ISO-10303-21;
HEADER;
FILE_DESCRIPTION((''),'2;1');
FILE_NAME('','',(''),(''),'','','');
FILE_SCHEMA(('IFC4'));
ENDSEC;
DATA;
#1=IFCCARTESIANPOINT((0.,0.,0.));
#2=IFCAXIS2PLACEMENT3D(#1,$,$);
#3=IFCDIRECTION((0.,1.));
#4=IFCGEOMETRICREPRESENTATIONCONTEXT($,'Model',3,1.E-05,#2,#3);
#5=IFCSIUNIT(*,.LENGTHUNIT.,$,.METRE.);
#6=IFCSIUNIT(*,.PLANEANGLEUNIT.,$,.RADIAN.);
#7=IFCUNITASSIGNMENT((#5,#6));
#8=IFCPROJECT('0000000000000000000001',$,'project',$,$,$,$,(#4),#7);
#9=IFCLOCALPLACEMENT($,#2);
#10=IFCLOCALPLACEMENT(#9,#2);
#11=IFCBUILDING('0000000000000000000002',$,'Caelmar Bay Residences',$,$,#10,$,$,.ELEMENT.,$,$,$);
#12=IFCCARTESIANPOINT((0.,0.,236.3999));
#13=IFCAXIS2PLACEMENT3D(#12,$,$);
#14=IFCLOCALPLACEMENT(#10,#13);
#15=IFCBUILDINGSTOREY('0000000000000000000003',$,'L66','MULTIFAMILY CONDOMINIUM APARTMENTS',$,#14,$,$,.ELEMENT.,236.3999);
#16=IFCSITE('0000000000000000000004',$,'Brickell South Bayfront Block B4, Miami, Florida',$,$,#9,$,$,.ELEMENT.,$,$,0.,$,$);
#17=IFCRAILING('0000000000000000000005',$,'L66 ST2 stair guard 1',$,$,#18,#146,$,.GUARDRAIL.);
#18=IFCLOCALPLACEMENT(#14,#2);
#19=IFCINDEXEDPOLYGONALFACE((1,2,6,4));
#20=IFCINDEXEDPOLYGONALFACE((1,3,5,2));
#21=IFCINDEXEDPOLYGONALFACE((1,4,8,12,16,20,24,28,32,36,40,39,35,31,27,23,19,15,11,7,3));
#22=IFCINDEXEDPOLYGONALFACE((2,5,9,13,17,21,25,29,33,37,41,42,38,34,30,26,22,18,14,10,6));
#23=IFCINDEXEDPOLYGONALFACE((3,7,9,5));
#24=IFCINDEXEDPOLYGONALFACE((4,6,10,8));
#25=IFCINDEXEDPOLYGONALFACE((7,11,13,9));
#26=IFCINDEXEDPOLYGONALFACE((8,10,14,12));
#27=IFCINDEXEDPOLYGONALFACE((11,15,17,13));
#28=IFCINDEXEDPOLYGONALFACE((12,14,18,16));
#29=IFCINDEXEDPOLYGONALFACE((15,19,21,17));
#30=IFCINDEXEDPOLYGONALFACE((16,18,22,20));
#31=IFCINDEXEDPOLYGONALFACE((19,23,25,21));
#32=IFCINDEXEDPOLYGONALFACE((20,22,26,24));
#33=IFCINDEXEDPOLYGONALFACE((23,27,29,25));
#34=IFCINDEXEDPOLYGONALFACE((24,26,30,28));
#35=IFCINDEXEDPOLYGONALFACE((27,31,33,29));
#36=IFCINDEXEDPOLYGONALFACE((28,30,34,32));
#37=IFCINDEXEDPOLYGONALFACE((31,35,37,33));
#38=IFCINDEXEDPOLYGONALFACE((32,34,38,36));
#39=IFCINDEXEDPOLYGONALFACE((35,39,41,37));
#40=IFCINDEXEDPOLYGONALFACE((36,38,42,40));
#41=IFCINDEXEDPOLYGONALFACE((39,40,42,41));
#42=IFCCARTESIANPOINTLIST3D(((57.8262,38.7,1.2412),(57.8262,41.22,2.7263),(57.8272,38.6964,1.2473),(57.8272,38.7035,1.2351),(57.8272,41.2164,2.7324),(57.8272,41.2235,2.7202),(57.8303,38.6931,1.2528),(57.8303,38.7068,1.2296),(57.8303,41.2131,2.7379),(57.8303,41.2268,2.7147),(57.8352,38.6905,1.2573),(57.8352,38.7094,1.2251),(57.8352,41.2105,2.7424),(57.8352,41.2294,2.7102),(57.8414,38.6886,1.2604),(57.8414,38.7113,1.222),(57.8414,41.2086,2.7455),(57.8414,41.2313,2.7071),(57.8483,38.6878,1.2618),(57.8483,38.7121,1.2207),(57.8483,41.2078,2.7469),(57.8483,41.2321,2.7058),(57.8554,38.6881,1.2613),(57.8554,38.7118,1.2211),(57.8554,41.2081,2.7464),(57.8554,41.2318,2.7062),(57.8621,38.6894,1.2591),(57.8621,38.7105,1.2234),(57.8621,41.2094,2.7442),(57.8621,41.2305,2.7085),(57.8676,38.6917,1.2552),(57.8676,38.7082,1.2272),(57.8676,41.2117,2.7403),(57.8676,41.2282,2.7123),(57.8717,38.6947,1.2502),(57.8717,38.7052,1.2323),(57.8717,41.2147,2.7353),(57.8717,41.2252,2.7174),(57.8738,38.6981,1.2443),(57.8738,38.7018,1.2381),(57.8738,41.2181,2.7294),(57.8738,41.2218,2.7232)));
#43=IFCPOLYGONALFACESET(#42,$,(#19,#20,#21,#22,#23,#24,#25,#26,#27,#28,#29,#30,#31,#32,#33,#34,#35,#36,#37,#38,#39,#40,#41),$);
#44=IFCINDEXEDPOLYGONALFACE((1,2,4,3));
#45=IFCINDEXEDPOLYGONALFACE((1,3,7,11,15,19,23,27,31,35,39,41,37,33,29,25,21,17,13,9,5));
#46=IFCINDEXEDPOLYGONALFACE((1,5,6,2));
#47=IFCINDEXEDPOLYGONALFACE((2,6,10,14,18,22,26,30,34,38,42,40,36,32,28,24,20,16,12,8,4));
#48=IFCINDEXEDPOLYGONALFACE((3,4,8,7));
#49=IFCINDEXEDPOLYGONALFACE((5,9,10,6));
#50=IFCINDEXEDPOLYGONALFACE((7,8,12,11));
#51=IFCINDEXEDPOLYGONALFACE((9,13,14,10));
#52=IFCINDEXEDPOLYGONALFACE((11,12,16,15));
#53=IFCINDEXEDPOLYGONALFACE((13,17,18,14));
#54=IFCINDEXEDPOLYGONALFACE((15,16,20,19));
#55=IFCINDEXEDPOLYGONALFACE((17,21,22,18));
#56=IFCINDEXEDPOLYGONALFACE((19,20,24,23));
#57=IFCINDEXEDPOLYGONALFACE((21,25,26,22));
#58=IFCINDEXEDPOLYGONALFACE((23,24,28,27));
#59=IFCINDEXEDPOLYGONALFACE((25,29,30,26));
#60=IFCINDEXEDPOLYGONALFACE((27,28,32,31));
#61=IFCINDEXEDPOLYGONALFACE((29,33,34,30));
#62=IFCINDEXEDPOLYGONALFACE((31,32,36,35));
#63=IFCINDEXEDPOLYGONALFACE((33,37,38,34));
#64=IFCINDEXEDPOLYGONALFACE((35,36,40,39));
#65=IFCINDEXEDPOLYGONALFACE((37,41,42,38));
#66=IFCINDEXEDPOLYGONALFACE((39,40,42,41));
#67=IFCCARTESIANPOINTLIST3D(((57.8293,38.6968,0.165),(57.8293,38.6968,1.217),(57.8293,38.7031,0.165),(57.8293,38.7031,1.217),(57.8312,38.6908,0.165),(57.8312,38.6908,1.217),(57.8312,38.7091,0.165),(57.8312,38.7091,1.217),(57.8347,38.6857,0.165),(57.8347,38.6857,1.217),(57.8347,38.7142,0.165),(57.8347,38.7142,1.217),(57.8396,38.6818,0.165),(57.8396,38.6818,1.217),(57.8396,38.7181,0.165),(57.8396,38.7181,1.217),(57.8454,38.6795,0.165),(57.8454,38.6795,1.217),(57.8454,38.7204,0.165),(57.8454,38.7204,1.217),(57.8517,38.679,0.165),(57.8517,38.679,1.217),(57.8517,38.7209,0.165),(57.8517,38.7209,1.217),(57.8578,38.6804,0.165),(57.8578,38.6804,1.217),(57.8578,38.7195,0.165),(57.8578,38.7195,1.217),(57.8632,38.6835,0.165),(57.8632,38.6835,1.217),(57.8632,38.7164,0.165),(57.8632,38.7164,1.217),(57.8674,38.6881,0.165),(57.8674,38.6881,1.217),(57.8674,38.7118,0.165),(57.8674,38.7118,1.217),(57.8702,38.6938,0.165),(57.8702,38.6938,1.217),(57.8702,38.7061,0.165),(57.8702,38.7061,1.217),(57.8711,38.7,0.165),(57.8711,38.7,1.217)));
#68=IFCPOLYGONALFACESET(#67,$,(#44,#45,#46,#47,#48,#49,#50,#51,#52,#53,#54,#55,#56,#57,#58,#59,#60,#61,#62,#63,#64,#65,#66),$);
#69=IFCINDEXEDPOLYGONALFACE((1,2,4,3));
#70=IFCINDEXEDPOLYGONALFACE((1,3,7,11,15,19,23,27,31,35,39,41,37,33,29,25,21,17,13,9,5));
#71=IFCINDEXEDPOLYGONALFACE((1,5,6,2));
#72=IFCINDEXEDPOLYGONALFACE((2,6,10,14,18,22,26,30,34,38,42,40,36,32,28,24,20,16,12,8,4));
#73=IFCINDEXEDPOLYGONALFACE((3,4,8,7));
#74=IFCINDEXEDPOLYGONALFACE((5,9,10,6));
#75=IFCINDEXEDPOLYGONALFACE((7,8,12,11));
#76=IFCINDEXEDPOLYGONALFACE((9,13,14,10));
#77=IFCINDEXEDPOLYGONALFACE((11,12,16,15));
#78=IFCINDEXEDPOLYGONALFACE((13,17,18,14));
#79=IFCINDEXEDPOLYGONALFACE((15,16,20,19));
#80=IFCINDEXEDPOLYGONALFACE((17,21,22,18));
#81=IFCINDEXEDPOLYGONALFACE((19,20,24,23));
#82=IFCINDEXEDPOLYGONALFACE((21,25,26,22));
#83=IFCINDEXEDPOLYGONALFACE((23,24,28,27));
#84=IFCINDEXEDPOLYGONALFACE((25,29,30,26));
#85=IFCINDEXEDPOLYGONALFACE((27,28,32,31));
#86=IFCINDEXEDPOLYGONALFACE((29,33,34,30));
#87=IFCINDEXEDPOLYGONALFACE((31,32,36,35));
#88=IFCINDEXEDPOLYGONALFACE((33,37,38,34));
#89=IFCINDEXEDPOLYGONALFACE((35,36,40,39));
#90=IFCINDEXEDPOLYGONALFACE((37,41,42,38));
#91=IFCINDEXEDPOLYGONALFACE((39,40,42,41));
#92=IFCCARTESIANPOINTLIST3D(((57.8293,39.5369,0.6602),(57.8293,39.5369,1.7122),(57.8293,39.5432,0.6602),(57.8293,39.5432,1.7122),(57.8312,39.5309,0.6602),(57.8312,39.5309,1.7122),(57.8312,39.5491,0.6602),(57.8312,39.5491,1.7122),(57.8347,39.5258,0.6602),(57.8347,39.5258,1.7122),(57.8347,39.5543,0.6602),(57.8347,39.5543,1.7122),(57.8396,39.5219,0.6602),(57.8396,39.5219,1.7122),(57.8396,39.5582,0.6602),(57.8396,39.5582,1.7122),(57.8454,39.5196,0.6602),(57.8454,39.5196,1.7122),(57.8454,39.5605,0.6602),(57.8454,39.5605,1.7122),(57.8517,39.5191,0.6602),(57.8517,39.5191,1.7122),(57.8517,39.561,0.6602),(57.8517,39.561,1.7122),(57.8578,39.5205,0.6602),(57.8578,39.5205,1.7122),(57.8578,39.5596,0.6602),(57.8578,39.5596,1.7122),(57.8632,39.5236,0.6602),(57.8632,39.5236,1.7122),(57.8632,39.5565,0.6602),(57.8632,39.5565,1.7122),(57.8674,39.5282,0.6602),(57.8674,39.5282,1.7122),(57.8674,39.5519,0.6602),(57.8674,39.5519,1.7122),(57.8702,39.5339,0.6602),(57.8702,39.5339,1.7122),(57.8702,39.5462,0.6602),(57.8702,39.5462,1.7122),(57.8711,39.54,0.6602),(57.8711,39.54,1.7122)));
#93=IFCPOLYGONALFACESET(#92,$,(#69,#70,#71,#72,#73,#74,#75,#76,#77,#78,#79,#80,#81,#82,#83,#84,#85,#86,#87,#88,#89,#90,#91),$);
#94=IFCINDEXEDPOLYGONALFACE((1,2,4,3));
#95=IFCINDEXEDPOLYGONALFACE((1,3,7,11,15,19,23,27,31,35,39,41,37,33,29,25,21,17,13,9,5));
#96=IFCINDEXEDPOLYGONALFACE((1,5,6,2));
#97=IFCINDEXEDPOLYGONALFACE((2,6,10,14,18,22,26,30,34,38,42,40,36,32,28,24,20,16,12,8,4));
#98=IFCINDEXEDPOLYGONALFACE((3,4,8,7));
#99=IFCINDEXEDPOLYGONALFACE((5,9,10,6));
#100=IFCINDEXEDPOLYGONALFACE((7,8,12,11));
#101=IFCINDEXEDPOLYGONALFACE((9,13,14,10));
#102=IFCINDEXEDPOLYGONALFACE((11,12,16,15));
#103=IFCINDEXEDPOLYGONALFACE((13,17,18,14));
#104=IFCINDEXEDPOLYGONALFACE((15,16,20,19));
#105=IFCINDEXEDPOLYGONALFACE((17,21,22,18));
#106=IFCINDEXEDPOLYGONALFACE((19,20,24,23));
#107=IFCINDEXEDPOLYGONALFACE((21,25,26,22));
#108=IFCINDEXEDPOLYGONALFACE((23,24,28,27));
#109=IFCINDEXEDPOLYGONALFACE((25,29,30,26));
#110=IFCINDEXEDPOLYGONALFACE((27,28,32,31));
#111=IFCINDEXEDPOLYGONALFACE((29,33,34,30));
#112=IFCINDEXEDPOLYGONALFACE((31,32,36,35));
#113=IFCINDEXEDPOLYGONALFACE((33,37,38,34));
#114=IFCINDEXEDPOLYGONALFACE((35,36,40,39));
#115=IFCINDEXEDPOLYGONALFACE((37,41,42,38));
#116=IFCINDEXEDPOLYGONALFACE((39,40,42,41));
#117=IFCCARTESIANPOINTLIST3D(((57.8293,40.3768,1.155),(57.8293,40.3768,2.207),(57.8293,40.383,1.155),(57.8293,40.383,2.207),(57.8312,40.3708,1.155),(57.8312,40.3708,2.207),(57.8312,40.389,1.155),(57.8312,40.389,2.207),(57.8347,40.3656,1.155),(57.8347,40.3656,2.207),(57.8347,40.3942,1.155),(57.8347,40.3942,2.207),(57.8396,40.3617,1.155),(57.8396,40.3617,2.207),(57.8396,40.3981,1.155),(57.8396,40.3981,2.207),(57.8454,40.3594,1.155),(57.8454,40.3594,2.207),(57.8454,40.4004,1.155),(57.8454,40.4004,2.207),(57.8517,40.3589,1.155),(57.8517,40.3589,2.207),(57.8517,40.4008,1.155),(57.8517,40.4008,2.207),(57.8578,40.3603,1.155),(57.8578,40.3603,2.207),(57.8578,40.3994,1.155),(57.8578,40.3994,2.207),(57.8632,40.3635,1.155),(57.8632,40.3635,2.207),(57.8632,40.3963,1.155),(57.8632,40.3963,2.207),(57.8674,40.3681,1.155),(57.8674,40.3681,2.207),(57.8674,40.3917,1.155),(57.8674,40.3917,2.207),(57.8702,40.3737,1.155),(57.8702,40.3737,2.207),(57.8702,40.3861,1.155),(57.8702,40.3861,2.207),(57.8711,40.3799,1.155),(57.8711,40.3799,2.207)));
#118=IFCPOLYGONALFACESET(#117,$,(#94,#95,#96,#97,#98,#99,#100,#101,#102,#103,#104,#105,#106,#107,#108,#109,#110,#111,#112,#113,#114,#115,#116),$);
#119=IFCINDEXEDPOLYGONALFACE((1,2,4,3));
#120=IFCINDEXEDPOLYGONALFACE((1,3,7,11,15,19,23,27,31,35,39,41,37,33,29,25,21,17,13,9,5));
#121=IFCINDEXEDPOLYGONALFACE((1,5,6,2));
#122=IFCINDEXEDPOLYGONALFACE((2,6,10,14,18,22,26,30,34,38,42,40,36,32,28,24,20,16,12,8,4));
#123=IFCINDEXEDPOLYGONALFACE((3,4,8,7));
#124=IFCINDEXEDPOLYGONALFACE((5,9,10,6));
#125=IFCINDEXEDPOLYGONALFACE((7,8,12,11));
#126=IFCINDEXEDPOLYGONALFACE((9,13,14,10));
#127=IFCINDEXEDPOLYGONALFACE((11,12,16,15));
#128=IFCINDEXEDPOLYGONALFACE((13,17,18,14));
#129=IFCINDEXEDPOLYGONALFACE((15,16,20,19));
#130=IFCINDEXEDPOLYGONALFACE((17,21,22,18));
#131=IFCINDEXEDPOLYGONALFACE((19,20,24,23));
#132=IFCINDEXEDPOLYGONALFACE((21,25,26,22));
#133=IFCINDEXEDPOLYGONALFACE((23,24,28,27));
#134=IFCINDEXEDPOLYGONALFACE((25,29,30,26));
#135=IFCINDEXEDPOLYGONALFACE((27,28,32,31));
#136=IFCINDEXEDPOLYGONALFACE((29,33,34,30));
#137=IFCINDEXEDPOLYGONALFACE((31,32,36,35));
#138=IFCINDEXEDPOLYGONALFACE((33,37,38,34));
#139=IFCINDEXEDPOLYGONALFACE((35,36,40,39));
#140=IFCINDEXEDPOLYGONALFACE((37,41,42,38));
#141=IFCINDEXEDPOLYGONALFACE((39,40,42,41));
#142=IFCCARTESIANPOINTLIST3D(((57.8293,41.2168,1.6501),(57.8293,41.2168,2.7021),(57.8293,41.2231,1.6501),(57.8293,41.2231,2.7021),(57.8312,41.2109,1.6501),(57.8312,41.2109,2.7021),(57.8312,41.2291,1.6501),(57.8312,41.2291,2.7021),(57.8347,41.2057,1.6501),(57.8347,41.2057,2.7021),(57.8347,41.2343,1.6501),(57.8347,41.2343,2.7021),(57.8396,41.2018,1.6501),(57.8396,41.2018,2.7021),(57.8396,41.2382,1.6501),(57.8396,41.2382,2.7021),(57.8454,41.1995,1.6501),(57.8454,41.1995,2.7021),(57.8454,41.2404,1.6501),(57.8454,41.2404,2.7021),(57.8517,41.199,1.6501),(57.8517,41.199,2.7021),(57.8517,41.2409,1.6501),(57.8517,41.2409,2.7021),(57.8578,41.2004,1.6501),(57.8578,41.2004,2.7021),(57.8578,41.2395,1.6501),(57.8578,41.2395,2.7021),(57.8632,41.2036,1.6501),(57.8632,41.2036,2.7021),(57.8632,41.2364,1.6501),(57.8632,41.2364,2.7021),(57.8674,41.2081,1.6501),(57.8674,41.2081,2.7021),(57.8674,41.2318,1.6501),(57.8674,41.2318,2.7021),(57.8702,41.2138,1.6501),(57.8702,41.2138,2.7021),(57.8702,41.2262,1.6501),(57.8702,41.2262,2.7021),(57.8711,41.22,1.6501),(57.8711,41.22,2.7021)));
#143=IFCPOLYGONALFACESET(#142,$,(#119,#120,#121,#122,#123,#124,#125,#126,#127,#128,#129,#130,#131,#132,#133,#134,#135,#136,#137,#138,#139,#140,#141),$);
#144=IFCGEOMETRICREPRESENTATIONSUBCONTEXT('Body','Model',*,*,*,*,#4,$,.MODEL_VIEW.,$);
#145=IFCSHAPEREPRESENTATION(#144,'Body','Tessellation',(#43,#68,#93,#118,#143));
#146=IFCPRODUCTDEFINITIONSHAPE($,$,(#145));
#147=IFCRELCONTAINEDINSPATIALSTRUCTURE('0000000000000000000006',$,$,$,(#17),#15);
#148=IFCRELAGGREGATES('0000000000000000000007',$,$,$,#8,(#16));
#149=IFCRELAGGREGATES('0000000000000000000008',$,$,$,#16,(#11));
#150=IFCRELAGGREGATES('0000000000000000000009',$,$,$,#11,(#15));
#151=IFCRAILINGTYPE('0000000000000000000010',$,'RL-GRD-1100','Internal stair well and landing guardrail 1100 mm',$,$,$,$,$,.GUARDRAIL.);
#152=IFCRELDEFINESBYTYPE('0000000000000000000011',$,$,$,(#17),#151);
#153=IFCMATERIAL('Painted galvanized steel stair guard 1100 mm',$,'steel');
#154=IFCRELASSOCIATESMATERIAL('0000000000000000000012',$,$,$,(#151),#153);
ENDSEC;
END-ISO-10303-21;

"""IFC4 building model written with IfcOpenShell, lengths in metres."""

from ifc_helpers import new_model, si_unit, direction, frame, origin, origin_2d, place, context, subcontext, project, spatial, circle, extrude, material, type_object, element, save


model = new_model("IFC4")

# Units and contexts
model_context = context("Model", 3, precision=1e-05, world=origin(), true_north=direction((0.0, 1.0)))
body_context = subcontext(model_context, "Body", "Model", "MODEL_VIEW")
ifc_project = project(units=[si_unit("LENGTHUNIT", "METRE"), si_unit("PLANEANGLEUNIT", "RADIAN")], contexts=[model_context])

# Site, building, storey
site_placement = place(None, origin())
site = spatial("IfcSite", under=ifc_project, at=site_placement, Name="Brickell South Bayfront Block B4, Miami, Florida", CompositionType="ELEMENT", RefElevation=0.0)
building_placement = place(site_placement, origin())
building = spatial("IfcBuilding", under=site, at=building_placement, Name="Caelmar Bay Residences", CompositionType="ELEMENT")
storey_placement = place(building_placement, frame((0.0, 0.0, 236.3999)))
storey = spatial("IfcBuildingStorey", under=building, at=storey_placement, Name="L66", Description="MULTIFAMILY CONDOMINIUM APARTMENTS", CompositionType="ELEMENT", Elevation=236.3999)

# Railing
ifc_material_1 = material(Name="Painted galvanized steel stair guard 1100 mm", Category="steel")
railing_type_1 = type_object("IfcRailingType", Name="RL-GRD-1100", Description="Internal stair well and landing guardrail 1100 mm", PredefinedType="GUARDRAIL", material=ifc_material_1)
railing_1_placement = place(storey_placement, frame((57.8501, 38.7, 0.165)))
element("IfcRailing", 1, at=railing_1_placement, inside=storey, type_object=railing_type_1, Name="L66 ST2 stair guard 1", PredefinedType="GUARDRAIL", context=body_context, shape_type="SweptSolid", body=[
    extrude(circle(Radius=0.0239, at=origin_2d()), frame((0.0, 0.0, 1.0762), z_axis=(0.0, 0.861524, 0.507717), x_axis=(-1.0, 0.0, 0.0)), (0.0, 0.0, 1.0), 2.925),
    extrude(circle(Radius=0.021, at=origin_2d()), origin(), (0.0, 0.0, 1.0), 1.052),
    extrude(circle(Radius=0.021, at=origin_2d()), frame((0.0, 0.8401, 0.4951)), (0.0, 0.0, 1.0), 1.052),
    extrude(circle(Radius=0.021, at=origin_2d()), frame((0.0, 1.6799, 0.99)), (0.0, 0.0, 1.0), 1.052),
    extrude(circle(Radius=0.021, at=origin_2d()), frame((0.0, 2.52, 1.4851)), (0.0, 0.0, 1.0), 1.052),
])

save(model, "model.ifc")
